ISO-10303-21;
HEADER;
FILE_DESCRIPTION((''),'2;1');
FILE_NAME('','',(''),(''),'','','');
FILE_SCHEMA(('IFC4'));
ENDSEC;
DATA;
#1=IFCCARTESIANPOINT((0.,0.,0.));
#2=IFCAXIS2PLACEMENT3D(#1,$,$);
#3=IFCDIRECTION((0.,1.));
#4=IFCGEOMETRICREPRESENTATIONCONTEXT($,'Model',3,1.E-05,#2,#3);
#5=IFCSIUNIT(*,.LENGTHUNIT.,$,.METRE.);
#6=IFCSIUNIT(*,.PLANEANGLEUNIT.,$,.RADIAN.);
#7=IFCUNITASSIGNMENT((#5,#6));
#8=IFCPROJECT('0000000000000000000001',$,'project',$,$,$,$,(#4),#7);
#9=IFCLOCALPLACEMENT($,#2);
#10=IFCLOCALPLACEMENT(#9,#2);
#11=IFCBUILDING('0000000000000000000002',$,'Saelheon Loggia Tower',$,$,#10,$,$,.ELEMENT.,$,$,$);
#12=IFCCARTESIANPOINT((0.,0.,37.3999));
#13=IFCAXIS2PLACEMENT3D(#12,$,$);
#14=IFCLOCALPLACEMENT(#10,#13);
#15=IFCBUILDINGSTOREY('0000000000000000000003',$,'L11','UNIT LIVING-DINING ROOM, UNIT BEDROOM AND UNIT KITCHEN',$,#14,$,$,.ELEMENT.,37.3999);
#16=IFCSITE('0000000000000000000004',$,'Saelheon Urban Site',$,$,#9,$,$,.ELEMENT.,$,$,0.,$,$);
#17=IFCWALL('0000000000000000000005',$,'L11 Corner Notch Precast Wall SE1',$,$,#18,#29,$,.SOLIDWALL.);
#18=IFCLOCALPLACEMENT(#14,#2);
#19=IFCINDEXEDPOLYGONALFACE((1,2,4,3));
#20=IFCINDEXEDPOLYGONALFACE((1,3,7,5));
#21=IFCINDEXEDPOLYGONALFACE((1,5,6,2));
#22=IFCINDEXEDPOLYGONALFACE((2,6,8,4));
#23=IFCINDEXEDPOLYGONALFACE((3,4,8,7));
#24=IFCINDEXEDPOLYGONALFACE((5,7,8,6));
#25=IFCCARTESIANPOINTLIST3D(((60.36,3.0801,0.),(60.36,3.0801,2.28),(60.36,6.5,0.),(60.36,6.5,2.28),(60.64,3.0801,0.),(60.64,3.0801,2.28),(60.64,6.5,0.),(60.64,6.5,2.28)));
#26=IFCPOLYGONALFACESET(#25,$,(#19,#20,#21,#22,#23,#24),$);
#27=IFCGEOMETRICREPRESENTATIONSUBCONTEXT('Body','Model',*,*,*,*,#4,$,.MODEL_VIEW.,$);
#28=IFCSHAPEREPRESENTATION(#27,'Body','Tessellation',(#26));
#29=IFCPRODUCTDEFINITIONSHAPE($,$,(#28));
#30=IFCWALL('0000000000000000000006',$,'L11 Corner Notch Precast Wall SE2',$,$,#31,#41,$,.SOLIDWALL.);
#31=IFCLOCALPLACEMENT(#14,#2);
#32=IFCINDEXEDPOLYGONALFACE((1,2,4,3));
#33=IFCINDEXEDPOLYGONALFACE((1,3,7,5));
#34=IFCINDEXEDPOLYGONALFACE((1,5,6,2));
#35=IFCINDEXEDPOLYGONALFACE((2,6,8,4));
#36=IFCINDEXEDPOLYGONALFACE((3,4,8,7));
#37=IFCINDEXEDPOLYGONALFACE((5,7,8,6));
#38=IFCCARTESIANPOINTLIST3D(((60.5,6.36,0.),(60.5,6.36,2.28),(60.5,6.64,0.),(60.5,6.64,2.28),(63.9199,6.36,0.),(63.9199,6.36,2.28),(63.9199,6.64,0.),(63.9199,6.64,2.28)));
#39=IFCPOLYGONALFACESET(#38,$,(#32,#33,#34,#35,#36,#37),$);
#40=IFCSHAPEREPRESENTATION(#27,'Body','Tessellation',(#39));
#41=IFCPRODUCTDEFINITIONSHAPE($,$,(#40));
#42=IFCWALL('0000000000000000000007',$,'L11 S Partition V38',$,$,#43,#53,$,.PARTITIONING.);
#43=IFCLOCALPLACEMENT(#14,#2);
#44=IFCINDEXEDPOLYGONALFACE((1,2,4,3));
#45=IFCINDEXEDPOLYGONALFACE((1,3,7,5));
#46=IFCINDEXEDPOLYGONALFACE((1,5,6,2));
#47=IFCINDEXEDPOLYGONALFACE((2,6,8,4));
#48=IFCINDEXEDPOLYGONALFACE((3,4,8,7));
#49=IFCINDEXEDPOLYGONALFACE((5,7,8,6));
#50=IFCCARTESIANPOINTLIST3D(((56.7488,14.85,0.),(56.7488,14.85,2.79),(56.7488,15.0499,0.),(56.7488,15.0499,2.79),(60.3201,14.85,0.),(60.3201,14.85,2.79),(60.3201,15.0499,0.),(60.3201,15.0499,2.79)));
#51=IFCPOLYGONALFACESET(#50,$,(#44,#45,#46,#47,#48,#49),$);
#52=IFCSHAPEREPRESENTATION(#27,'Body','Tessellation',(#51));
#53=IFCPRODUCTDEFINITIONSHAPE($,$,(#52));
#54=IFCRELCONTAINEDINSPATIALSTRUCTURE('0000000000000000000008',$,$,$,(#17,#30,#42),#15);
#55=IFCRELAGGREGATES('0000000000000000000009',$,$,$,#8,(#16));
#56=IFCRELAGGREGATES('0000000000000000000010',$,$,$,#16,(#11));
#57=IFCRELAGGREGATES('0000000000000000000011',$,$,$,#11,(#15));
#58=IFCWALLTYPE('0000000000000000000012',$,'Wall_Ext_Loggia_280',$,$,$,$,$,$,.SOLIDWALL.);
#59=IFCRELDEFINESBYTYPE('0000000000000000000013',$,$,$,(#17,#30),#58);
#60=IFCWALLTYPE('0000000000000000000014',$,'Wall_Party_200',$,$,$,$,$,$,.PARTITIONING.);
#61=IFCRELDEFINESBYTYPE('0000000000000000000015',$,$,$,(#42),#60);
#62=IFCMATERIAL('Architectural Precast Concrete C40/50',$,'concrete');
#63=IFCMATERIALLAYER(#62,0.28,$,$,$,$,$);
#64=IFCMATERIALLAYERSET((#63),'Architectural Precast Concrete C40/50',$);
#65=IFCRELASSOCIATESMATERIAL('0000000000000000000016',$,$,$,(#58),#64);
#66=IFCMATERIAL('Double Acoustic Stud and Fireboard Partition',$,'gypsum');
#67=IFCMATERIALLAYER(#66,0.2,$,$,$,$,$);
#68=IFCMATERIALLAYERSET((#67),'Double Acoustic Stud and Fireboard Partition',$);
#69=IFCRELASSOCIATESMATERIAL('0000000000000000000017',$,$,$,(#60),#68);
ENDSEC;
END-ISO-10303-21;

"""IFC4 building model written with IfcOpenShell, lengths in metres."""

from ifc_helpers import new_model, si_unit, direction, frame, frame_2d, origin, place, context, subcontext, project, spatial, rectangle, extrude, material, layer, layer_set, type_object, element, save


model = new_model("IFC4")

# Units and contexts
model_context = context("Model", 3, precision=1e-05, world=origin(), true_north=direction((0.0, 1.0)))
body_context = subcontext(model_context, "Body", "Model", "MODEL_VIEW")
ifc_project = project(units=[si_unit("LENGTHUNIT", "METRE"), si_unit("PLANEANGLEUNIT", "RADIAN")], contexts=[model_context])

# Site, building, storey
site_placement = place(None, origin())
site = spatial("IfcSite", under=ifc_project, at=site_placement, Name="Saelheon Urban Site", CompositionType="ELEMENT", RefElevation=0.0)
building_placement = place(site_placement, origin())
building = spatial("IfcBuilding", under=site, at=building_placement, Name="Saelheon Loggia Tower", CompositionType="ELEMENT")
storey_placement = place(building_placement, frame((0.0, 0.0, 37.3999)))
storey = spatial("IfcBuildingStorey", under=building, at=storey_placement, Name="L11", Description="UNIT LIVING-DINING ROOM, UNIT BEDROOM AND UNIT KITCHEN", CompositionType="ELEMENT", Elevation=37.3999)

# Shared definitions
ifc_material_1 = material(Name="Architectural Precast Concrete C40/50", Category="concrete")
ifc_layer_1 = layer(ifc_material_1, 0.28)
ifc_layer_set_1 = layer_set([ifc_layer_1], Name="Architectural Precast Concrete C40/50")
wall_type_1 = type_object("IfcWallType", Name="Wall_Ext_Loggia_280", PredefinedType="SOLIDWALL", material=ifc_layer_set_1)

# Walls
for number, where, z_axis, x_axis, name in (
    (1, (60.5, 3.0801, 0.0), (0.0, 0.0, 1.0), (0.0, 1.0, 0.0), "L11 Corner Notch Precast Wall SE1"),
    (2, (60.5, 6.5, 0.0), (0.0, 0.0, 1.0), (1.0, 0.0, 0.0), "L11 Corner Notch Precast Wall SE2"),
):
    element("IfcWall", number, at=place(storey_placement, frame(where, z_axis=z_axis, x_axis=x_axis)), inside=storey, type_object=wall_type_1, Name=name, PredefinedType="SOLIDWALL", context=body_context, shape_type="SweptSolid", body=[
        extrude(rectangle(XDim=3.4199, YDim=0.28, at=frame_2d((1.71, 0.0))), origin(), (0.0, 0.0, 1.0), 2.28),
    ])
ifc_material_2 = material(Name="Double Acoustic Stud and Fireboard Partition", Category="gypsum")
ifc_layer_2 = layer(ifc_material_2, 0.2)
ifc_layer_set_2 = layer_set([ifc_layer_2], Name="Double Acoustic Stud and Fireboard Partition")
wall_type_2 = type_object("IfcWallType", Name="Wall_Party_200", PredefinedType="PARTITIONING", material=ifc_layer_set_2)
wall_1_placement = place(storey_placement, frame((56.7488, 14.95, 0.0), z_axis=(0.0, 0.0, 1.0), x_axis=(1.0, 0.0, 0.0)))
element("IfcWall", 3, at=wall_1_placement, inside=storey, type_object=wall_type_2, Name="L11 S Partition V38", PredefinedType="PARTITIONING", context=body_context, shape_type="SweptSolid", body=[
    extrude(rectangle(XDim=3.5713, YDim=0.2, at=frame_2d((1.7856, 0.0))), origin(), (0.0, 0.0, 1.0), 2.79),
])

save(model, "model.ifc")
